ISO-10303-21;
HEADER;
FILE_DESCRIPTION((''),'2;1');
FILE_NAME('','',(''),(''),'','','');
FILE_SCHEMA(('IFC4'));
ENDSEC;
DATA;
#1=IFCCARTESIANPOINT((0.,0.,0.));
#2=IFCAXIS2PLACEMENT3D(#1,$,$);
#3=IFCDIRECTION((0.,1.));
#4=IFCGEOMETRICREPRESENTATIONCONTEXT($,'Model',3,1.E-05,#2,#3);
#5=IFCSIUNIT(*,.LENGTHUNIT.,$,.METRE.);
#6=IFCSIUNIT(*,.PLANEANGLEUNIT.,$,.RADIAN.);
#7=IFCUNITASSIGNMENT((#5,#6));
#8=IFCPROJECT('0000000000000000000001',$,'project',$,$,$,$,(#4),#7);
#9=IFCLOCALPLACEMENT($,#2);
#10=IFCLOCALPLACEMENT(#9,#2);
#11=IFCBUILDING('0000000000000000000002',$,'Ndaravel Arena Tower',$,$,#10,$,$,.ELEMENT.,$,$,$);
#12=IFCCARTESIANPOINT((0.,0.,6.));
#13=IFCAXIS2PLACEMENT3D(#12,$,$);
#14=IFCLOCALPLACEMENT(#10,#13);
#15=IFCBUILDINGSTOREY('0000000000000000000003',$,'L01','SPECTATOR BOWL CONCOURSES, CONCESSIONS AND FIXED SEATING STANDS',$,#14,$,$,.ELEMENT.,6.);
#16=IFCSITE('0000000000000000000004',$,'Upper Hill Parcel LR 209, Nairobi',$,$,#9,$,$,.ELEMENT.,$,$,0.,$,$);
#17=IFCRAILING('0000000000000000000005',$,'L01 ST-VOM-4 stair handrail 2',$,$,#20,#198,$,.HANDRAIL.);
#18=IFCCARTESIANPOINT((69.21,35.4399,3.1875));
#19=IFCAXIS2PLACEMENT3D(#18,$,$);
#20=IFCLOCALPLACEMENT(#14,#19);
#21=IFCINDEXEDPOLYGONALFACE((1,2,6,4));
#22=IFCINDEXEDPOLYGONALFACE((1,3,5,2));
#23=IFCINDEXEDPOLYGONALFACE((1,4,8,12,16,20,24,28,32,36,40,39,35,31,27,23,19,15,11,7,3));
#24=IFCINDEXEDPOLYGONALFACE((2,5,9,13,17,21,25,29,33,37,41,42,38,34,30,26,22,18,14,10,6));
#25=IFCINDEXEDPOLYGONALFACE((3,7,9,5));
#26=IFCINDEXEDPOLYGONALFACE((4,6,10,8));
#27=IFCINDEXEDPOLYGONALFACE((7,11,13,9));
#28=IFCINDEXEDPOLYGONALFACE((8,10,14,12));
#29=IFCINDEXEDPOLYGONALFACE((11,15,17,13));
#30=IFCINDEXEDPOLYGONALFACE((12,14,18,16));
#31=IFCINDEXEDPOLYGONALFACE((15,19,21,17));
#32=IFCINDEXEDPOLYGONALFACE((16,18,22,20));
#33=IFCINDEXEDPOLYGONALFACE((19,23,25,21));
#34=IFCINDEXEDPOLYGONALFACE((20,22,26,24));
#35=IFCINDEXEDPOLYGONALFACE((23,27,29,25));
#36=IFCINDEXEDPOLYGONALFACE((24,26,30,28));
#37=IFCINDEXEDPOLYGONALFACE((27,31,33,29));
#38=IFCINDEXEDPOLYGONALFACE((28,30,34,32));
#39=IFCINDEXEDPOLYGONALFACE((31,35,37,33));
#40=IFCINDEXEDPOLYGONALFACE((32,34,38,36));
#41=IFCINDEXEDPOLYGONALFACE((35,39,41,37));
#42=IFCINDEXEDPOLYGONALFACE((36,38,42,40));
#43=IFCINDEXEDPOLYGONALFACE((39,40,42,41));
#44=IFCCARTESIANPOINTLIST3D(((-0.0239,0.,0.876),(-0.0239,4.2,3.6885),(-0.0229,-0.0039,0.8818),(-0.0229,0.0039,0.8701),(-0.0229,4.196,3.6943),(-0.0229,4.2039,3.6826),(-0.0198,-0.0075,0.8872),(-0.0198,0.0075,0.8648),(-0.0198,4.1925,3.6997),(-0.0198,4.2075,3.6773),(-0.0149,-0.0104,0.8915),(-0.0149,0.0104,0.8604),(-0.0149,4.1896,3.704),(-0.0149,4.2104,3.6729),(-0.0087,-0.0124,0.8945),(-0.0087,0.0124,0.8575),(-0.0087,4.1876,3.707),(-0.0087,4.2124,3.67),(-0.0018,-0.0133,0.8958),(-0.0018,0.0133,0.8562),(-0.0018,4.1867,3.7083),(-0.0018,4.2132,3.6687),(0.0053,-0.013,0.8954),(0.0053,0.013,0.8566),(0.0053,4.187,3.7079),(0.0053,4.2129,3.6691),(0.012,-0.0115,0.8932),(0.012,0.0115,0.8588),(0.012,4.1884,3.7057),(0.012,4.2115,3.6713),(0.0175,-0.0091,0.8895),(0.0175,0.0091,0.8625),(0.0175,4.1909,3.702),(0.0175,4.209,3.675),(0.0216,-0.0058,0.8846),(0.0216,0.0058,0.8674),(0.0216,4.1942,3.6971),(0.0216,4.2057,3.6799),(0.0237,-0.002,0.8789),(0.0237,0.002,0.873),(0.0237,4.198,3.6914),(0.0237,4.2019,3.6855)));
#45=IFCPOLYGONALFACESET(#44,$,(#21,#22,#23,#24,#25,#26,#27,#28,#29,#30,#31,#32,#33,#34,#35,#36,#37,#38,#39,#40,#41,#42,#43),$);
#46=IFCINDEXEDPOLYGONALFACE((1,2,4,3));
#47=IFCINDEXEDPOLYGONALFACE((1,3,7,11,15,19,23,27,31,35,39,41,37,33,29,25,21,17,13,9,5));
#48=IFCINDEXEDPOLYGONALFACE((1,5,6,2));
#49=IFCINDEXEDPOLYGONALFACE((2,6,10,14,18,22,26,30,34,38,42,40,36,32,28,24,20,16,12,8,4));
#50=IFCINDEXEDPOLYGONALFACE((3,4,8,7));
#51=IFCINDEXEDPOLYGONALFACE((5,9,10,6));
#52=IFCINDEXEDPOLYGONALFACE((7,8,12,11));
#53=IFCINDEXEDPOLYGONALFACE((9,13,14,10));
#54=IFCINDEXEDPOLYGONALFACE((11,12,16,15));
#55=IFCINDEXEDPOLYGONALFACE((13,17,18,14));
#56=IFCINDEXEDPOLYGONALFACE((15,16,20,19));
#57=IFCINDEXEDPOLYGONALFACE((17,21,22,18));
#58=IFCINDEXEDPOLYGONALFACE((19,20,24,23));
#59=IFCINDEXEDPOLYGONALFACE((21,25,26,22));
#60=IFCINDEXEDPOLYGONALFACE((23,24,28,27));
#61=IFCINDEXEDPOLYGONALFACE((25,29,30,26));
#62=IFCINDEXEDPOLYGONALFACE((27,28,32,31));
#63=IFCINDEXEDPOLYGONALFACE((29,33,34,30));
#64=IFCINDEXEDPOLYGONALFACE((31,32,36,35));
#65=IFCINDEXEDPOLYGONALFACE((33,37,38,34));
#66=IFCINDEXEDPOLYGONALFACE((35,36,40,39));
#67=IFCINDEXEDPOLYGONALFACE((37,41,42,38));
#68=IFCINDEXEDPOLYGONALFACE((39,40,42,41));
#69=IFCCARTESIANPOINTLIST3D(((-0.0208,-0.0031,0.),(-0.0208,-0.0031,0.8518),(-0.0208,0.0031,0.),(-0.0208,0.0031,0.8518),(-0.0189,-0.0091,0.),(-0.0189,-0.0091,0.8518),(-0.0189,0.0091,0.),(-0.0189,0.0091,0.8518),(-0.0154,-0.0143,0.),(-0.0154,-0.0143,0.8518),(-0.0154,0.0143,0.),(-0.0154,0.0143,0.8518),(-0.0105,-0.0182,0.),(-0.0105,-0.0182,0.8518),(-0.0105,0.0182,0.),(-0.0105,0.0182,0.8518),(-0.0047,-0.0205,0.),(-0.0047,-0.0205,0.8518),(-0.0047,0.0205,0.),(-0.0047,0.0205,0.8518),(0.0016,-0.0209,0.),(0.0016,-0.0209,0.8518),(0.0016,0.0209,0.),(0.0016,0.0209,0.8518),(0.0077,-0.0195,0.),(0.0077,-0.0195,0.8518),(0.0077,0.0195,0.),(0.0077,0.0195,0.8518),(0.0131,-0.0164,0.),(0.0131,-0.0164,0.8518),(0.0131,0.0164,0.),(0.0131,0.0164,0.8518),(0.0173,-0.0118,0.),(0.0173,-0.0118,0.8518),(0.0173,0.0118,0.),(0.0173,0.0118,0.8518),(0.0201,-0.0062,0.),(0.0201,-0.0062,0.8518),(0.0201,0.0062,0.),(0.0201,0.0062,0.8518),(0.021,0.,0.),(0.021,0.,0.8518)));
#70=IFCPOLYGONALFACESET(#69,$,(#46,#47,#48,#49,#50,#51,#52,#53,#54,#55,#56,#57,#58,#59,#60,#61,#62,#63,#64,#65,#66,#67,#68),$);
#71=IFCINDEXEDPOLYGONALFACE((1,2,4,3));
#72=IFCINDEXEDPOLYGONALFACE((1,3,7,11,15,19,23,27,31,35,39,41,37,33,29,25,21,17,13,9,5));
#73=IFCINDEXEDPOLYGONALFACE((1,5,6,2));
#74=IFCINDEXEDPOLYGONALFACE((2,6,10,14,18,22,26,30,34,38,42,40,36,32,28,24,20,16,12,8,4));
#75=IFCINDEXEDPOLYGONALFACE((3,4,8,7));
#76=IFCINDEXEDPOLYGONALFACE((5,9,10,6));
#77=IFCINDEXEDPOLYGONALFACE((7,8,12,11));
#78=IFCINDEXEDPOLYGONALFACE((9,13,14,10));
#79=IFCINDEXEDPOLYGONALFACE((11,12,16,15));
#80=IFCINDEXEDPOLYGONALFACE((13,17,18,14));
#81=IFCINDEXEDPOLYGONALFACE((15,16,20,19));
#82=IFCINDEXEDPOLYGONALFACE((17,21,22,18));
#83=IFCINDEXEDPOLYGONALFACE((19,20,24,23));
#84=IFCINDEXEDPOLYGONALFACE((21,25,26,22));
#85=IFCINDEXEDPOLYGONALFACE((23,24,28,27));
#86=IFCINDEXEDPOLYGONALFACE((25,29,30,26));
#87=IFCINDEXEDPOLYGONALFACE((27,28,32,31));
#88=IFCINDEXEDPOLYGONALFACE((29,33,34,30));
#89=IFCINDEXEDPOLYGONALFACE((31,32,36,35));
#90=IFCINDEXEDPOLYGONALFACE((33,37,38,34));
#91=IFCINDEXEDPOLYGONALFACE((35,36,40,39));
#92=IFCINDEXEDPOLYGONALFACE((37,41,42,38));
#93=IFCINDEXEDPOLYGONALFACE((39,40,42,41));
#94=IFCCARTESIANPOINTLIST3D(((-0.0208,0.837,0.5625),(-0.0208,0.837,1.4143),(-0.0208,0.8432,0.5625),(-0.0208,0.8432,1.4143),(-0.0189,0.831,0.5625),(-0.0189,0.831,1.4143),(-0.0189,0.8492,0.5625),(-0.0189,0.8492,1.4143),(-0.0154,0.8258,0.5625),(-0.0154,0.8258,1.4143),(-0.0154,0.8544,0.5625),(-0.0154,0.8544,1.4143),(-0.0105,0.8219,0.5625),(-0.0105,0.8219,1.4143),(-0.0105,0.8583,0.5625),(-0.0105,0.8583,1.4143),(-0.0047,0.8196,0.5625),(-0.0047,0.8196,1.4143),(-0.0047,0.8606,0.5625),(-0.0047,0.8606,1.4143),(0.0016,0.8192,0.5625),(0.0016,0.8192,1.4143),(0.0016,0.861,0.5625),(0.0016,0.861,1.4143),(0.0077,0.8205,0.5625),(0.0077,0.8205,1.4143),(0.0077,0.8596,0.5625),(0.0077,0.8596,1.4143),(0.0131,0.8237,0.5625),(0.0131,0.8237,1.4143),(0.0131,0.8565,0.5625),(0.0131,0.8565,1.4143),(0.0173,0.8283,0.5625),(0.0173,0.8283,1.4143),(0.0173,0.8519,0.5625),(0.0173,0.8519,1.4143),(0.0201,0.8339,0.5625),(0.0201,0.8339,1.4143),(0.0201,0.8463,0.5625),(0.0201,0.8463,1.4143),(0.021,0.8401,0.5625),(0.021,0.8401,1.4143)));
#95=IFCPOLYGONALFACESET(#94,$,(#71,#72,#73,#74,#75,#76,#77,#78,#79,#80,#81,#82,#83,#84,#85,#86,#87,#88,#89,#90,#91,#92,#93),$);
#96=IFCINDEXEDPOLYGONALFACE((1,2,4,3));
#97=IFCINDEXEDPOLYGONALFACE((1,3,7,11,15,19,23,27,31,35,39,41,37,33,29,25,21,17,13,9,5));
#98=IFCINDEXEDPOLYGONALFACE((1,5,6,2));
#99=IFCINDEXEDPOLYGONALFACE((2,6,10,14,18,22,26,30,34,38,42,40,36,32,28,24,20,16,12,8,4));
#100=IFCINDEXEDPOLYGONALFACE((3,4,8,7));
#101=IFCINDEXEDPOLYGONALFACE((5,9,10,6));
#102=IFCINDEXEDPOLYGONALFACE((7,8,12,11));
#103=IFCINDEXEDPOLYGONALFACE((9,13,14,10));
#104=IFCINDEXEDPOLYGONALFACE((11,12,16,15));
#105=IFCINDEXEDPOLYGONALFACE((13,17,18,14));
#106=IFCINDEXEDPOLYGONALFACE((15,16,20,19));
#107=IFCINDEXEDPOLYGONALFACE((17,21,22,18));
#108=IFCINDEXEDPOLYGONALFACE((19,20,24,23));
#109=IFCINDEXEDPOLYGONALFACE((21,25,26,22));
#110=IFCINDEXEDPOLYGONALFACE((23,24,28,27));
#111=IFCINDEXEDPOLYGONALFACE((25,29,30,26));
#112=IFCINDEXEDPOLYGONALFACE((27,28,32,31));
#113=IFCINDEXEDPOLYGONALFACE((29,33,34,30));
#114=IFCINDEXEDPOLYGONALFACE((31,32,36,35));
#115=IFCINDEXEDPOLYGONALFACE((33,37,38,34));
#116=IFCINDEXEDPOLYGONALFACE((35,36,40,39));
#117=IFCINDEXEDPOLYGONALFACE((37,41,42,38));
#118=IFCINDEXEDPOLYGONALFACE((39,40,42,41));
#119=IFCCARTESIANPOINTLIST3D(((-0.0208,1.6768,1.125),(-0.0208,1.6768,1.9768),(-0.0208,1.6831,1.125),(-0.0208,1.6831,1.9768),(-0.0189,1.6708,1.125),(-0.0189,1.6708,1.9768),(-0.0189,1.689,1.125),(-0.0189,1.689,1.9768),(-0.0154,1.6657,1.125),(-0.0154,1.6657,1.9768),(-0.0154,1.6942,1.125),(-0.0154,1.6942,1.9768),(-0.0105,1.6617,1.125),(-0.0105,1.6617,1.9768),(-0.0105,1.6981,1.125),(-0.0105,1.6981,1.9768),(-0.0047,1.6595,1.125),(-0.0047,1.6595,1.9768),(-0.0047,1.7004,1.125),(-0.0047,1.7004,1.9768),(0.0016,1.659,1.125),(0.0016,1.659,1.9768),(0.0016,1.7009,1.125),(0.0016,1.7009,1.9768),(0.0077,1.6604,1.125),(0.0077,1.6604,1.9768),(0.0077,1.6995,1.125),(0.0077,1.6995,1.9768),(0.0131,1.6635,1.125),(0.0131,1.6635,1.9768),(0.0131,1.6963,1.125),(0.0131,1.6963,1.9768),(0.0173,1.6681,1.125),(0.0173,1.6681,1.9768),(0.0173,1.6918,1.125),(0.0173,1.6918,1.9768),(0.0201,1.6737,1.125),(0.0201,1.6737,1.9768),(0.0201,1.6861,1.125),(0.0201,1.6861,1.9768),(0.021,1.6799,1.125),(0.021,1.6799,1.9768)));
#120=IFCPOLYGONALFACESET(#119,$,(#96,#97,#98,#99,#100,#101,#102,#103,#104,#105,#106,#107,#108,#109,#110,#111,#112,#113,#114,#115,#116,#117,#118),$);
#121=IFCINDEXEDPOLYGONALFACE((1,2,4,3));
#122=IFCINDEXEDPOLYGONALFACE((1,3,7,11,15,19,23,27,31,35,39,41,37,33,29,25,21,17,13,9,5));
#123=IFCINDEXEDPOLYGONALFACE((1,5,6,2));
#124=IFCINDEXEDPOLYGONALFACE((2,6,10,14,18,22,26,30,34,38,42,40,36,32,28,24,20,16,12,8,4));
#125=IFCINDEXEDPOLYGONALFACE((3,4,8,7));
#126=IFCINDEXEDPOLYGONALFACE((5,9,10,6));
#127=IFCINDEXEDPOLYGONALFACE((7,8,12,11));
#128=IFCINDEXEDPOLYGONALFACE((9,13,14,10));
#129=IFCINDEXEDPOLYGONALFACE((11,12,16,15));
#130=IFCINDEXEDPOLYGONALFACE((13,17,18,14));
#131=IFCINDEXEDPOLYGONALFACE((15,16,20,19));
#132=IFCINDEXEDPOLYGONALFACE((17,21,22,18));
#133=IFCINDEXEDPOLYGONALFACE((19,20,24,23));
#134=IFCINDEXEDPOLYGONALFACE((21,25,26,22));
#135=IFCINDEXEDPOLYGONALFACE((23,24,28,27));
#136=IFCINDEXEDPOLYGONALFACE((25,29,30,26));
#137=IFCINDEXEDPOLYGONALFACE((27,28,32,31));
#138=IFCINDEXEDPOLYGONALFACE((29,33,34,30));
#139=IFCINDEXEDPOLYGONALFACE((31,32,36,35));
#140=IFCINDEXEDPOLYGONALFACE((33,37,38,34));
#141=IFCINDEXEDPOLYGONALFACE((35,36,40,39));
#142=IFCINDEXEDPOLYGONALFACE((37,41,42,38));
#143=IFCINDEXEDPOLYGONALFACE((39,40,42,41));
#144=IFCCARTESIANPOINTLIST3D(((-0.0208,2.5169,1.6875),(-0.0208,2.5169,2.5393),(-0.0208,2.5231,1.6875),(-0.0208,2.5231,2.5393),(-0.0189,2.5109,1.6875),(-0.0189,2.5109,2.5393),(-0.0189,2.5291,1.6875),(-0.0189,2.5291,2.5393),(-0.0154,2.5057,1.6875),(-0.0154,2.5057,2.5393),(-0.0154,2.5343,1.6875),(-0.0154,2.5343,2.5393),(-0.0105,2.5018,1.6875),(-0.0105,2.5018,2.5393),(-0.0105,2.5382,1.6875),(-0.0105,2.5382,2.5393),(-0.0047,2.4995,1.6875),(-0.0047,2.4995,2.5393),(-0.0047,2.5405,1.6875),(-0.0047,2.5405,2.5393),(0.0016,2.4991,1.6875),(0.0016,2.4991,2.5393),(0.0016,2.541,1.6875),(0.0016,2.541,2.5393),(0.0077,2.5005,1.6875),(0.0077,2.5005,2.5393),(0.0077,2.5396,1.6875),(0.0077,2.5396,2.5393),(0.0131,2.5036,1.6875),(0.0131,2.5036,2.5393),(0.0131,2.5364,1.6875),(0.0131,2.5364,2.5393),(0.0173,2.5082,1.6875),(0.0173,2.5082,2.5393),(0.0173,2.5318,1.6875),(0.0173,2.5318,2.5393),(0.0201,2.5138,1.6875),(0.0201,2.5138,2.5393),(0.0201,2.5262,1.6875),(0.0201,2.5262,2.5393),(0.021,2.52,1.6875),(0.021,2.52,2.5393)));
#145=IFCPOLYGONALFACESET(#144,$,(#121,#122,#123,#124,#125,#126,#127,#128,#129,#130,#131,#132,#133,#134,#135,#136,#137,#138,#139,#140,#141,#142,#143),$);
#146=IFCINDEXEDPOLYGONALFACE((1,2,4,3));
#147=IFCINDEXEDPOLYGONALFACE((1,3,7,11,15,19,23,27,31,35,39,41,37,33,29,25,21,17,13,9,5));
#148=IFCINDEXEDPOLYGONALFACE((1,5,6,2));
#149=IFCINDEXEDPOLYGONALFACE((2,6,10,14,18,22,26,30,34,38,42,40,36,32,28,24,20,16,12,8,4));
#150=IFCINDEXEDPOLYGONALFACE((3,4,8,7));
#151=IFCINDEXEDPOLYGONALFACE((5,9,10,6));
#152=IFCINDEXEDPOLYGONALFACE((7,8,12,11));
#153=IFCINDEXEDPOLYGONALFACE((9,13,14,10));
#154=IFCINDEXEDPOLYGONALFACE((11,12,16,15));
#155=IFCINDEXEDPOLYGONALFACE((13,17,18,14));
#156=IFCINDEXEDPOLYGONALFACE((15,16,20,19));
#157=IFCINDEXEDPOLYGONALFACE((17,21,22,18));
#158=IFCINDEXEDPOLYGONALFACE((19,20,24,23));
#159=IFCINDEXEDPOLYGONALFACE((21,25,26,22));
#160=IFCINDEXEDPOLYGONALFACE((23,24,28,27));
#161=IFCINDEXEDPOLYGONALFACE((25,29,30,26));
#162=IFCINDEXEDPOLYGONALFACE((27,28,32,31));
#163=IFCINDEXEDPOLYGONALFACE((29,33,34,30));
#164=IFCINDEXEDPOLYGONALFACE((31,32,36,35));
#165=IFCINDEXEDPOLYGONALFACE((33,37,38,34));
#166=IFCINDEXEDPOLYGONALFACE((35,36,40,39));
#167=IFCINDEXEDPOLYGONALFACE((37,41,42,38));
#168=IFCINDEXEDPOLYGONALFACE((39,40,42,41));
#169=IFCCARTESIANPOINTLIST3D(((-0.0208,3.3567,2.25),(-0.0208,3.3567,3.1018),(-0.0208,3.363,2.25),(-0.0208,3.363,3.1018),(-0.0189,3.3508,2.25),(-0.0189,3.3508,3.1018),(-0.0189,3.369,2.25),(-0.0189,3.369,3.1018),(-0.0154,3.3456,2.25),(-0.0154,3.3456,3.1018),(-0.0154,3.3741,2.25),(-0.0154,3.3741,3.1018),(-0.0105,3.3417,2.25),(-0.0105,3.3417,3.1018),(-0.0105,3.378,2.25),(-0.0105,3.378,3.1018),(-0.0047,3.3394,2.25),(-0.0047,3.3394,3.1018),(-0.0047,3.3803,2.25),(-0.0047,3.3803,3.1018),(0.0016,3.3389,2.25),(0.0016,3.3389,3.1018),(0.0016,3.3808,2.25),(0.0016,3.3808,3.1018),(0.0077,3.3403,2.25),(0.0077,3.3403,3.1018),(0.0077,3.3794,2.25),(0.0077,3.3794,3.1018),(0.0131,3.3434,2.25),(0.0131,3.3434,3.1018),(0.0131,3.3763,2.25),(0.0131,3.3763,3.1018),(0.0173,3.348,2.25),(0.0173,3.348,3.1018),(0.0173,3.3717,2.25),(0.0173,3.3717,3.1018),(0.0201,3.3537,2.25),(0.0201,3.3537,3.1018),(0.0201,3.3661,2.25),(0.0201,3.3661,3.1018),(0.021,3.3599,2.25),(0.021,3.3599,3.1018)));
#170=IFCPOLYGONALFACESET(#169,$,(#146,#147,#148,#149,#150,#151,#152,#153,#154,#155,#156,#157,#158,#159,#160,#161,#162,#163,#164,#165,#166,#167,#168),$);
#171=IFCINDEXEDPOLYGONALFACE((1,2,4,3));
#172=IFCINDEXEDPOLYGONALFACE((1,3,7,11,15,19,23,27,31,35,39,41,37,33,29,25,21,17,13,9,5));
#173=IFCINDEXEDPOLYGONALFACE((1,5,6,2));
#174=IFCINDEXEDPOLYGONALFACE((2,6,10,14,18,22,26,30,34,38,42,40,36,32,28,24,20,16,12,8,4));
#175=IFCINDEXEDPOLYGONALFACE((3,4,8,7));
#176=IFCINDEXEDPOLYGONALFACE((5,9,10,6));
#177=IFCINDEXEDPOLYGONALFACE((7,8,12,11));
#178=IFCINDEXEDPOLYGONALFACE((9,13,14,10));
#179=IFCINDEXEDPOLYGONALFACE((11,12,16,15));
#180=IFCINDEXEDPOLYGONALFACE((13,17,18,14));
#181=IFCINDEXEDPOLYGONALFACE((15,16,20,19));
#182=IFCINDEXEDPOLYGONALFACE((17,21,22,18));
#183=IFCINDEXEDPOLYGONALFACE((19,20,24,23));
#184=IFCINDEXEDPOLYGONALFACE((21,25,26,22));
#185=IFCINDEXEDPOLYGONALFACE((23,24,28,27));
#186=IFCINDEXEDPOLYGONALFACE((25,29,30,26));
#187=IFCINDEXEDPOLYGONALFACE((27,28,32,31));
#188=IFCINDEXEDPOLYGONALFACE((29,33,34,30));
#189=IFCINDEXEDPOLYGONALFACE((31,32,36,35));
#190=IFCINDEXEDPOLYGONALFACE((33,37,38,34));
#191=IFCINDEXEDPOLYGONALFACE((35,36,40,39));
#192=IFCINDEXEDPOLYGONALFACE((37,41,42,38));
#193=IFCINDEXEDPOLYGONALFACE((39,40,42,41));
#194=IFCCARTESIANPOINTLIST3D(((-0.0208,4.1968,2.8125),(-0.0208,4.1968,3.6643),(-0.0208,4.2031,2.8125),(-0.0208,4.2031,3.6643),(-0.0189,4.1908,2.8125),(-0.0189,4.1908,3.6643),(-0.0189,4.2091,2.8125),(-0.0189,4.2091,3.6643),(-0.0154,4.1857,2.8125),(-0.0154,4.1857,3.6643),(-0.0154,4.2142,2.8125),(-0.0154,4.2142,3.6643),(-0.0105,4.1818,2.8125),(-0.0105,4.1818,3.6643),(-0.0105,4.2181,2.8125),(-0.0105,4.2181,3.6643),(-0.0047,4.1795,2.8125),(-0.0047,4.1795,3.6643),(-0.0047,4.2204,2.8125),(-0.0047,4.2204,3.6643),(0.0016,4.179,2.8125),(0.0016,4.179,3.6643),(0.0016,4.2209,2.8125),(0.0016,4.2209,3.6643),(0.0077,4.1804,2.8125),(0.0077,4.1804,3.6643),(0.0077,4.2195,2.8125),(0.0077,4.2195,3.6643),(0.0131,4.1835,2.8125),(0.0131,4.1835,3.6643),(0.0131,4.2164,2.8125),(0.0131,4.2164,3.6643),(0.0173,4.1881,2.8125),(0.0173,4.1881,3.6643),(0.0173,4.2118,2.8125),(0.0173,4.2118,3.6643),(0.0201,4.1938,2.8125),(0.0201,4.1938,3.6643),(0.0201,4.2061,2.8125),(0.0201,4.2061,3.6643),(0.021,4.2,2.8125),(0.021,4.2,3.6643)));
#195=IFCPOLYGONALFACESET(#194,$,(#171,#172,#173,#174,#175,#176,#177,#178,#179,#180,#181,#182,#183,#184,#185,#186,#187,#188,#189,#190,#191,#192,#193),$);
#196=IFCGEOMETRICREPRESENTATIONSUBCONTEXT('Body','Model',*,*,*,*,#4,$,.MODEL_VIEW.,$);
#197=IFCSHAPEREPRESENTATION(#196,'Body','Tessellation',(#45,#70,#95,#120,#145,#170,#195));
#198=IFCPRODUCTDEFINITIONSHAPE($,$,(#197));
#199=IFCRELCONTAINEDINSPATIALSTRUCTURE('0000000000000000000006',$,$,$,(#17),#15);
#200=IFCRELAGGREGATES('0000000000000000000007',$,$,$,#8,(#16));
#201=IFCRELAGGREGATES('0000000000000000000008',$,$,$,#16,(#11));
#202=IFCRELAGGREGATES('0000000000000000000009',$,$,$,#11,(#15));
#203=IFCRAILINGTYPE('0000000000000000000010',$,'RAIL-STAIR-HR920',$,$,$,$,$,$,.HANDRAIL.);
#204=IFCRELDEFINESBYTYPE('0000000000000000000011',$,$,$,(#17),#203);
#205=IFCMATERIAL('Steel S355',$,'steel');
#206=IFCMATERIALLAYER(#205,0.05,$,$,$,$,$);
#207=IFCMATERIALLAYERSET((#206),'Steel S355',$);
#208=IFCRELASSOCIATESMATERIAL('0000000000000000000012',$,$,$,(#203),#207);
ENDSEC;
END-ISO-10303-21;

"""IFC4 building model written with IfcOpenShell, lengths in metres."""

from ifc_helpers import new_model, si_unit, direction, frame, origin, origin_2d, place, context, subcontext, project, spatial, circle, extrude, material, layer, layer_set, type_object, element, save


model = new_model("IFC4")

# Units and contexts
model_context = context("Model", 3, precision=1e-05, world=origin(), true_north=direction((0.0, 1.0)))
body_context = subcontext(model_context, "Body", "Model", "MODEL_VIEW")
ifc_project = project(units=[si_unit("LENGTHUNIT", "METRE"), si_unit("PLANEANGLEUNIT", "RADIAN")], contexts=[model_context])

# Site, building, storey
site_placement = place(None, origin())
site = spatial("IfcSite", under=ifc_project, at=site_placement, Name="Upper Hill Parcel LR 209, Nairobi", CompositionType="ELEMENT", RefElevation=0.0)
building_placement = place(site_placement, origin())
building = spatial("IfcBuilding", under=site, at=building_placement, Name="Ndaravel Arena Tower", CompositionType="ELEMENT")
storey_placement = place(building_placement, frame((0.0, 0.0, 6.0)))
storey = spatial("IfcBuildingStorey", under=building, at=storey_placement, Name="L01", Description="SPECTATOR BOWL CONCOURSES, CONCESSIONS AND FIXED SEATING STANDS", CompositionType="ELEMENT", Elevation=6.0)

# Railing
ifc_material_1 = material(Name="Steel S355", Category="steel")
ifc_layer_1 = layer(ifc_material_1, 0.05)
ifc_layer_set_1 = layer_set([ifc_layer_1], Name="Steel S355")
railing_type_1 = type_object("IfcRailingType", Name="RAIL-STAIR-HR920", PredefinedType="HANDRAIL", material=ifc_layer_set_1)
railing_1_placement = place(storey_placement, frame((69.21, 35.4399, 3.1875)))
element("IfcRailing", 1, at=railing_1_placement, inside=storey, type_object=railing_type_1, Name="L01 ST-VOM-4 stair handrail 2", PredefinedType="HANDRAIL", context=body_context, shape_type="SweptSolid", body=[
    extrude(circle(Radius=0.0239, at=origin_2d()), frame((0.0, 0.0, 0.876), z_axis=(0.0, 0.830904, 0.556416), x_axis=(-1.0, 0.0, 0.0)), (0.0, 0.0, 1.0), 5.0547),
    extrude(circle(Radius=0.021, at=origin_2d()), origin(), (0.0, 0.0, 1.0), 0.8518),
    extrude(circle(Radius=0.021, at=origin_2d()), frame((0.0, 0.8401, 0.5625)), (0.0, 0.0, 1.0), 0.8518),
    extrude(circle(Radius=0.021, at=origin_2d()), frame((0.0, 1.6799, 1.125)), (0.0, 0.0, 1.0), 0.8518),
    extrude(circle(Radius=0.021, at=origin_2d()), frame((0.0, 2.52, 1.6875)), (0.0, 0.0, 1.0), 0.8518),
    extrude(circle(Radius=0.021, at=origin_2d()), frame((0.0, 3.3599, 2.25)), (0.0, 0.0, 1.0), 0.8518),
    extrude(circle(Radius=0.021, at=origin_2d()), frame((0.0, 4.2, 2.8125)), (0.0, 0.0, 1.0), 0.8518),
])

save(model, "model.ifc")
